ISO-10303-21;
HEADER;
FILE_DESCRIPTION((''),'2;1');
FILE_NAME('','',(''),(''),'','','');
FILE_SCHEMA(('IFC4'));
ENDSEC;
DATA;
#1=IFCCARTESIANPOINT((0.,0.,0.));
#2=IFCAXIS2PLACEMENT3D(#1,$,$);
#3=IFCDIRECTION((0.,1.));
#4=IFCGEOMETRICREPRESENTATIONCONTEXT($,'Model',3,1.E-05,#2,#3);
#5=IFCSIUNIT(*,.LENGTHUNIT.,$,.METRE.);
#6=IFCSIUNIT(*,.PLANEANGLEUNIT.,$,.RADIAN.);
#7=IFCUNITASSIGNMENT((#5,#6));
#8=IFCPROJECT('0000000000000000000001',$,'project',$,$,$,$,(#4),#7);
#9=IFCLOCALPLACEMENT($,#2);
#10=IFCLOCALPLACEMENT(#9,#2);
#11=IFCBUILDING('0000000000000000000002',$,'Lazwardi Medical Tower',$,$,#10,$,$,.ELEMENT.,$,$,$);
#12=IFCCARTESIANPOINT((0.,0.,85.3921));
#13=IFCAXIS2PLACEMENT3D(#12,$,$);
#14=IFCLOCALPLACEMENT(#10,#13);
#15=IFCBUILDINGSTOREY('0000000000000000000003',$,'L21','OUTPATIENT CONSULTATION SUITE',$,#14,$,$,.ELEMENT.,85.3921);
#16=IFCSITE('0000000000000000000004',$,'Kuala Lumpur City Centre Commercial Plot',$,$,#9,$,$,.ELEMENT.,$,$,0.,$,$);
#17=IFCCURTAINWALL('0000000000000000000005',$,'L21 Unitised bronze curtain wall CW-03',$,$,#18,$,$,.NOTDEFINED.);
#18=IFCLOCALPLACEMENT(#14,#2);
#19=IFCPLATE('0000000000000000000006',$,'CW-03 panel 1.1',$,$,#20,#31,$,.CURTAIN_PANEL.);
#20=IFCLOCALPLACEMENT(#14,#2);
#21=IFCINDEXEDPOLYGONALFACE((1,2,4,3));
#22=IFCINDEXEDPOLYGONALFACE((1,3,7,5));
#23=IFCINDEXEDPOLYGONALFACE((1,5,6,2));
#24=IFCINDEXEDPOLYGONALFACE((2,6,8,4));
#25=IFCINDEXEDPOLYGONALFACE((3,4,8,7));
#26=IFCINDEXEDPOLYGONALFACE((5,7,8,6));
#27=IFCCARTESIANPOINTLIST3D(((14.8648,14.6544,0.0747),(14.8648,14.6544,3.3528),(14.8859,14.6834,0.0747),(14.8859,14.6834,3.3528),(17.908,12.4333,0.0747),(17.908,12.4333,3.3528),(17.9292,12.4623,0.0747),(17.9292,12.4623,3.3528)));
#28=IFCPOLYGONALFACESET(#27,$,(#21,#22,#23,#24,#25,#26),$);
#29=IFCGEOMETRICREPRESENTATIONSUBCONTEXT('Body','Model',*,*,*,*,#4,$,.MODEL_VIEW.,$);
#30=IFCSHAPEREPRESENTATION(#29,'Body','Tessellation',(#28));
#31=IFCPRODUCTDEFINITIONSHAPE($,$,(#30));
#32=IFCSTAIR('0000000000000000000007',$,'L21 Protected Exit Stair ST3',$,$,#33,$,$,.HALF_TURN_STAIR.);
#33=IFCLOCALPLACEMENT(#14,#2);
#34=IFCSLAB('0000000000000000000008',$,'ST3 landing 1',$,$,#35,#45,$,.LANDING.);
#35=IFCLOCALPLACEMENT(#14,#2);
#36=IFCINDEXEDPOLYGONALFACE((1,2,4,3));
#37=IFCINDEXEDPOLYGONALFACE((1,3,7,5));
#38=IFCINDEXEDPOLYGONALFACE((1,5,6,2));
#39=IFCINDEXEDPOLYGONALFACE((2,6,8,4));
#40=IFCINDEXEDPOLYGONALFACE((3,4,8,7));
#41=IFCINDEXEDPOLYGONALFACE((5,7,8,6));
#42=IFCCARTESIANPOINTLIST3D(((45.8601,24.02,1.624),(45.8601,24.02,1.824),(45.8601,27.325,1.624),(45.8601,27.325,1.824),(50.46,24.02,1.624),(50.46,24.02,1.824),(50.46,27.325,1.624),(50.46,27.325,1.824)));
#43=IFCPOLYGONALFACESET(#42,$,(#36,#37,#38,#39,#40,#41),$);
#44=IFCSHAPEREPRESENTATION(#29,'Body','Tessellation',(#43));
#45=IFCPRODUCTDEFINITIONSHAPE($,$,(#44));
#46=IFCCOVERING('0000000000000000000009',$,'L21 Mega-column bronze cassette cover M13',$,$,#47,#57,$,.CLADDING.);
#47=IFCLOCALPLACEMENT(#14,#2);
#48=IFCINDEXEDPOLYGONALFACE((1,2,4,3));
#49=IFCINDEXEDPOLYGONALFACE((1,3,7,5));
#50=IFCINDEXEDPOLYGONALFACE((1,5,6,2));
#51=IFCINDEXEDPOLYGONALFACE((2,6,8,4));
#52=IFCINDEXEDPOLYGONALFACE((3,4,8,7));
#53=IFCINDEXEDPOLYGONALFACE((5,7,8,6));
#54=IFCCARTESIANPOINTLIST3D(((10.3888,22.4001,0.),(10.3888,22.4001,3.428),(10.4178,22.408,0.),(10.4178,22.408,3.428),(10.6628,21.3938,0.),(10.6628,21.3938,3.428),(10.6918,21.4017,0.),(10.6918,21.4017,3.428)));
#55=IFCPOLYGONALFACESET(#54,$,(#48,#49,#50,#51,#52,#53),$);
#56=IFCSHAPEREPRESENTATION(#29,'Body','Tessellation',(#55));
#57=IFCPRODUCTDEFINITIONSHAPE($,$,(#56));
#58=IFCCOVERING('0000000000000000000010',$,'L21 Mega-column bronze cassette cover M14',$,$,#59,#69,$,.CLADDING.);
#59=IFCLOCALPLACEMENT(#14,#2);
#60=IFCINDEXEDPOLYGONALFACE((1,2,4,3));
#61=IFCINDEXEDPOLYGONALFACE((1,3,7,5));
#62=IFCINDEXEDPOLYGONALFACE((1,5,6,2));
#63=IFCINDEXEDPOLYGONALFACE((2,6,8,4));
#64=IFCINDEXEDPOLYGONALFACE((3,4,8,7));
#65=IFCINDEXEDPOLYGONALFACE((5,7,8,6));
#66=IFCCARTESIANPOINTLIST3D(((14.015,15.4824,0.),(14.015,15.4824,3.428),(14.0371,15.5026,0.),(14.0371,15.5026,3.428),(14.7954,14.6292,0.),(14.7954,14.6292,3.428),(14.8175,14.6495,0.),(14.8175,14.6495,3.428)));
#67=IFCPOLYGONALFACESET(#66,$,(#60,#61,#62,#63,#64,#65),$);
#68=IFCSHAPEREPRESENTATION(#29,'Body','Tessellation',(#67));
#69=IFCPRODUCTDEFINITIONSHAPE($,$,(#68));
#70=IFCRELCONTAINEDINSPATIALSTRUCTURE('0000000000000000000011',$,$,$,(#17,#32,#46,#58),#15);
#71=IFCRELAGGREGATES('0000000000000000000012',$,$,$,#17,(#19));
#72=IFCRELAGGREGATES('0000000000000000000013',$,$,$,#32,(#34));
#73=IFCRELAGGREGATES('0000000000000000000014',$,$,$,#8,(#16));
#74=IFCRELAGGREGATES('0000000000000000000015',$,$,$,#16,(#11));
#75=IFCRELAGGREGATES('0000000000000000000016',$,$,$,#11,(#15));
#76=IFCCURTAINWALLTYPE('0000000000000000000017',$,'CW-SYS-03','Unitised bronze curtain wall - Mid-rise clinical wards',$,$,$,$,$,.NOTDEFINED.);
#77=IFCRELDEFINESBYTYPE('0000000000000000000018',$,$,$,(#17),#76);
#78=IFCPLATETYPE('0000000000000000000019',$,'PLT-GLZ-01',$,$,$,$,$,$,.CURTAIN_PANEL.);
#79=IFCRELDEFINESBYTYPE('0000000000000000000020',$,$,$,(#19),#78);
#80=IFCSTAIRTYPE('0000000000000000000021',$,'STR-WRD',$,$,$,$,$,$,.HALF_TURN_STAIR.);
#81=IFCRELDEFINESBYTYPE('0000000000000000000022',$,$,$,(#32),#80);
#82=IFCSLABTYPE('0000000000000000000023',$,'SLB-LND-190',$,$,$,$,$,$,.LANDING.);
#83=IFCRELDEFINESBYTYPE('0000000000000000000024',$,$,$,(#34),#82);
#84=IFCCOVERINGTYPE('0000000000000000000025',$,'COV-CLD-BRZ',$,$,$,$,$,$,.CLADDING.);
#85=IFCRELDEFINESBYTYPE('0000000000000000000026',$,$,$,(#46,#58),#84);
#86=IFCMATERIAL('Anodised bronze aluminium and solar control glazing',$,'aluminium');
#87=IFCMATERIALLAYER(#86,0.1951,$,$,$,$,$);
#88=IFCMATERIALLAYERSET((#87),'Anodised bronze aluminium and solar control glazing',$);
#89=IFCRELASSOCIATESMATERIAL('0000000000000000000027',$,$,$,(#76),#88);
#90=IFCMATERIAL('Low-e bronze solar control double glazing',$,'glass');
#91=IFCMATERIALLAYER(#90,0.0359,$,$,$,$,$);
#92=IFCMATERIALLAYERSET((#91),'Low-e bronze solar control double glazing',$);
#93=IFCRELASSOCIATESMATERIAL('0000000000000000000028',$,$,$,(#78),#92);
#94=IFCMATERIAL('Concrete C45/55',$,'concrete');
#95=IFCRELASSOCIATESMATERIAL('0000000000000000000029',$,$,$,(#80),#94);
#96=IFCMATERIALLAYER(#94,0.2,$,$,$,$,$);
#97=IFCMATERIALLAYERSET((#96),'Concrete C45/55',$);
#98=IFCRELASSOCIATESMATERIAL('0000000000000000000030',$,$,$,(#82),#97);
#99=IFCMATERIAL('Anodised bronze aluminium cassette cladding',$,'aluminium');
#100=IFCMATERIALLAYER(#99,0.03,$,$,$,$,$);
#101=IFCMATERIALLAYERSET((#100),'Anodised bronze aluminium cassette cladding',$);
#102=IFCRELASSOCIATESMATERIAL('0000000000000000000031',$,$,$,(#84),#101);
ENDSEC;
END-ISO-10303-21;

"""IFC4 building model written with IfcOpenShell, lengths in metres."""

from ifc_helpers import new_model, si_unit, direction, frame, origin, origin_2d, place, context, subcontext, project, spatial, polyline, rectangle, outline, extrude, material, layer, layer_set, type_object, element, aggregate, save


model = new_model("IFC4")

# Units and contexts
model_context = context("Model", 3, precision=1e-05, world=origin(), true_north=direction((0.0, 1.0)))
body_context = subcontext(model_context, "Body", "Model", "MODEL_VIEW")
ifc_project = project(units=[si_unit("LENGTHUNIT", "METRE"), si_unit("PLANEANGLEUNIT", "RADIAN")], contexts=[model_context])

# Site, building, storey
site_placement = place(None, origin())
site = spatial("IfcSite", under=ifc_project, at=site_placement, Name="Kuala Lumpur City Centre Commercial Plot", CompositionType="ELEMENT", RefElevation=0.0)
building_placement = place(site_placement, origin())
building = spatial("IfcBuilding", under=site, at=building_placement, Name="Lazwardi Medical Tower", CompositionType="ELEMENT")
storey_placement = place(building_placement, frame((0.0, 0.0, 85.3921)))
storey = spatial("IfcBuildingStorey", under=building, at=storey_placement, Name="L21", Description="OUTPATIENT CONSULTATION SUITE", CompositionType="ELEMENT", Elevation=85.3921)

# Curtain wall
ifc_material_1 = material(Name="Anodised bronze aluminium and solar control glazing", Category="aluminium")
ifc_layer_1 = layer(ifc_material_1, 0.1951)
ifc_layer_set_1 = layer_set([ifc_layer_1], Name="Anodised bronze aluminium and solar control glazing")
curtain_wall_type = type_object("IfcCurtainWallType", Name="CW-SYS-03", Description="Unitised bronze curtain wall - Mid-rise clinical wards", PredefinedType="NOTDEFINED", material=ifc_layer_set_1)
curtain_wall_1_placement = place(storey_placement, origin())
curtain_wall_1 = element("IfcCurtainWall", 1, at=curtain_wall_1_placement, inside=storey, type_object=curtain_wall_type, Name="L21 Unitised bronze curtain wall CW-03", PredefinedType="NOTDEFINED")

# Plate
ifc_material_2 = material(Name="Low-e bronze solar control double glazing", Category="glass")
ifc_layer_2 = layer(ifc_material_2, 0.0359)
ifc_layer_set_2 = layer_set([ifc_layer_2], Name="Low-e bronze solar control double glazing")
plate_type = type_object("IfcPlateType", Name="PLT-GLZ-01", PredefinedType="CURTAIN_PANEL", material=ifc_layer_set_2)
plate_1_placement = place(storey_placement, frame((16.397, 13.5583, 0.0747), z_axis=(0.0, 0.0, 1.0), x_axis=(0.807746, -0.589531, 0.0)))
plate_1 = element("IfcPlate", 2, at=plate_1_placement, type_object=plate_type, Name="CW-03 panel 1.1", PredefinedType="CURTAIN_PANEL", context=body_context, shape_type="SweptSolid", body=[
    extrude(rectangle(XDim=3.7676, YDim=0.0359, at=origin_2d()), origin(), (0.0, 0.0, 1.0), 3.2781),
])
aggregate(curtain_wall_1, [plate_1])

# Stair, slab
ifc_material_3 = material(Name="Concrete C45/55", Category="concrete")
stair_type = type_object("IfcStairType", Name="STR-WRD", PredefinedType="HALF_TURN_STAIR", material=ifc_material_3)
stair_placement = place(storey_placement, origin())
stair = element("IfcStair", 3, at=stair_placement, inside=storey, type_object=stair_type, Name="L21 Protected Exit Stair ST3", PredefinedType="HALF_TURN_STAIR")
ifc_layer_3 = layer(ifc_material_3, 0.2)
ifc_layer_set_3 = layer_set([ifc_layer_3], Name="Concrete C45/55")
slab_type = type_object("IfcSlabType", Name="SLB-LND-190", PredefinedType="LANDING", material=ifc_layer_set_3)
slab_placement = place(storey_placement, frame((0.0, 0.0, 1.624)))
slab = element("IfcSlab", 4, at=slab_placement, type_object=slab_type, Name="ST3 landing 1", PredefinedType="LANDING", context=body_context, shape_type="SweptSolid", body=[
    extrude(outline(polyline([(45.8601, 27.325), (45.8601, 24.02), (50.46, 24.02), (50.46, 27.325), (45.8601, 27.325)])), origin(), (0.0, 0.0, 1.0), 0.2),
])
aggregate(stair, [slab])

# Coverings
ifc_material_4 = material(Name="Anodised bronze aluminium cassette cladding", Category="aluminium")
ifc_layer_4 = layer(ifc_material_4, 0.03)
ifc_layer_set_4 = layer_set([ifc_layer_4], Name="Anodised bronze aluminium cassette cladding")
covering_type = type_object("IfcCoveringType", Name="COV-CLD-BRZ", PredefinedType="CLADDING", material=ifc_layer_set_4)
covering_1_placement = place(storey_placement, frame((10.5403, 21.9009, 0.0), z_axis=(0.0, 0.0, 1.0), x_axis=(0.262696, -0.964879, 0.0)))
element("IfcCovering", 5, at=covering_1_placement, inside=storey, type_object=covering_type, Name="L21 Mega-column bronze cassette cover M13", PredefinedType="CLADDING", context=body_context, shape_type="SweptSolid", body=[
    extrude(rectangle(XDim=1.043, YDim=0.03, at=origin_2d()), origin(), (0.0, 0.0, 1.0), 3.428),
])
covering_2_placement = place(storey_placement, frame((14.4163, 15.0659, 0.0), z_axis=(0.0, 0.0, 1.0), x_axis=(0.674926, -0.737885, 0.0)))
element("IfcCovering", 6, at=covering_2_placement, inside=storey, type_object=covering_type, Name="L21 Mega-column bronze cassette cover M14", PredefinedType="CLADDING", context=body_context, shape_type="SweptSolid", body=[
    extrude(rectangle(XDim=1.1562, YDim=0.03, at=origin_2d()), origin(), (0.0, 0.0, 1.0), 3.428),
])

save(model, "model.ifc")
